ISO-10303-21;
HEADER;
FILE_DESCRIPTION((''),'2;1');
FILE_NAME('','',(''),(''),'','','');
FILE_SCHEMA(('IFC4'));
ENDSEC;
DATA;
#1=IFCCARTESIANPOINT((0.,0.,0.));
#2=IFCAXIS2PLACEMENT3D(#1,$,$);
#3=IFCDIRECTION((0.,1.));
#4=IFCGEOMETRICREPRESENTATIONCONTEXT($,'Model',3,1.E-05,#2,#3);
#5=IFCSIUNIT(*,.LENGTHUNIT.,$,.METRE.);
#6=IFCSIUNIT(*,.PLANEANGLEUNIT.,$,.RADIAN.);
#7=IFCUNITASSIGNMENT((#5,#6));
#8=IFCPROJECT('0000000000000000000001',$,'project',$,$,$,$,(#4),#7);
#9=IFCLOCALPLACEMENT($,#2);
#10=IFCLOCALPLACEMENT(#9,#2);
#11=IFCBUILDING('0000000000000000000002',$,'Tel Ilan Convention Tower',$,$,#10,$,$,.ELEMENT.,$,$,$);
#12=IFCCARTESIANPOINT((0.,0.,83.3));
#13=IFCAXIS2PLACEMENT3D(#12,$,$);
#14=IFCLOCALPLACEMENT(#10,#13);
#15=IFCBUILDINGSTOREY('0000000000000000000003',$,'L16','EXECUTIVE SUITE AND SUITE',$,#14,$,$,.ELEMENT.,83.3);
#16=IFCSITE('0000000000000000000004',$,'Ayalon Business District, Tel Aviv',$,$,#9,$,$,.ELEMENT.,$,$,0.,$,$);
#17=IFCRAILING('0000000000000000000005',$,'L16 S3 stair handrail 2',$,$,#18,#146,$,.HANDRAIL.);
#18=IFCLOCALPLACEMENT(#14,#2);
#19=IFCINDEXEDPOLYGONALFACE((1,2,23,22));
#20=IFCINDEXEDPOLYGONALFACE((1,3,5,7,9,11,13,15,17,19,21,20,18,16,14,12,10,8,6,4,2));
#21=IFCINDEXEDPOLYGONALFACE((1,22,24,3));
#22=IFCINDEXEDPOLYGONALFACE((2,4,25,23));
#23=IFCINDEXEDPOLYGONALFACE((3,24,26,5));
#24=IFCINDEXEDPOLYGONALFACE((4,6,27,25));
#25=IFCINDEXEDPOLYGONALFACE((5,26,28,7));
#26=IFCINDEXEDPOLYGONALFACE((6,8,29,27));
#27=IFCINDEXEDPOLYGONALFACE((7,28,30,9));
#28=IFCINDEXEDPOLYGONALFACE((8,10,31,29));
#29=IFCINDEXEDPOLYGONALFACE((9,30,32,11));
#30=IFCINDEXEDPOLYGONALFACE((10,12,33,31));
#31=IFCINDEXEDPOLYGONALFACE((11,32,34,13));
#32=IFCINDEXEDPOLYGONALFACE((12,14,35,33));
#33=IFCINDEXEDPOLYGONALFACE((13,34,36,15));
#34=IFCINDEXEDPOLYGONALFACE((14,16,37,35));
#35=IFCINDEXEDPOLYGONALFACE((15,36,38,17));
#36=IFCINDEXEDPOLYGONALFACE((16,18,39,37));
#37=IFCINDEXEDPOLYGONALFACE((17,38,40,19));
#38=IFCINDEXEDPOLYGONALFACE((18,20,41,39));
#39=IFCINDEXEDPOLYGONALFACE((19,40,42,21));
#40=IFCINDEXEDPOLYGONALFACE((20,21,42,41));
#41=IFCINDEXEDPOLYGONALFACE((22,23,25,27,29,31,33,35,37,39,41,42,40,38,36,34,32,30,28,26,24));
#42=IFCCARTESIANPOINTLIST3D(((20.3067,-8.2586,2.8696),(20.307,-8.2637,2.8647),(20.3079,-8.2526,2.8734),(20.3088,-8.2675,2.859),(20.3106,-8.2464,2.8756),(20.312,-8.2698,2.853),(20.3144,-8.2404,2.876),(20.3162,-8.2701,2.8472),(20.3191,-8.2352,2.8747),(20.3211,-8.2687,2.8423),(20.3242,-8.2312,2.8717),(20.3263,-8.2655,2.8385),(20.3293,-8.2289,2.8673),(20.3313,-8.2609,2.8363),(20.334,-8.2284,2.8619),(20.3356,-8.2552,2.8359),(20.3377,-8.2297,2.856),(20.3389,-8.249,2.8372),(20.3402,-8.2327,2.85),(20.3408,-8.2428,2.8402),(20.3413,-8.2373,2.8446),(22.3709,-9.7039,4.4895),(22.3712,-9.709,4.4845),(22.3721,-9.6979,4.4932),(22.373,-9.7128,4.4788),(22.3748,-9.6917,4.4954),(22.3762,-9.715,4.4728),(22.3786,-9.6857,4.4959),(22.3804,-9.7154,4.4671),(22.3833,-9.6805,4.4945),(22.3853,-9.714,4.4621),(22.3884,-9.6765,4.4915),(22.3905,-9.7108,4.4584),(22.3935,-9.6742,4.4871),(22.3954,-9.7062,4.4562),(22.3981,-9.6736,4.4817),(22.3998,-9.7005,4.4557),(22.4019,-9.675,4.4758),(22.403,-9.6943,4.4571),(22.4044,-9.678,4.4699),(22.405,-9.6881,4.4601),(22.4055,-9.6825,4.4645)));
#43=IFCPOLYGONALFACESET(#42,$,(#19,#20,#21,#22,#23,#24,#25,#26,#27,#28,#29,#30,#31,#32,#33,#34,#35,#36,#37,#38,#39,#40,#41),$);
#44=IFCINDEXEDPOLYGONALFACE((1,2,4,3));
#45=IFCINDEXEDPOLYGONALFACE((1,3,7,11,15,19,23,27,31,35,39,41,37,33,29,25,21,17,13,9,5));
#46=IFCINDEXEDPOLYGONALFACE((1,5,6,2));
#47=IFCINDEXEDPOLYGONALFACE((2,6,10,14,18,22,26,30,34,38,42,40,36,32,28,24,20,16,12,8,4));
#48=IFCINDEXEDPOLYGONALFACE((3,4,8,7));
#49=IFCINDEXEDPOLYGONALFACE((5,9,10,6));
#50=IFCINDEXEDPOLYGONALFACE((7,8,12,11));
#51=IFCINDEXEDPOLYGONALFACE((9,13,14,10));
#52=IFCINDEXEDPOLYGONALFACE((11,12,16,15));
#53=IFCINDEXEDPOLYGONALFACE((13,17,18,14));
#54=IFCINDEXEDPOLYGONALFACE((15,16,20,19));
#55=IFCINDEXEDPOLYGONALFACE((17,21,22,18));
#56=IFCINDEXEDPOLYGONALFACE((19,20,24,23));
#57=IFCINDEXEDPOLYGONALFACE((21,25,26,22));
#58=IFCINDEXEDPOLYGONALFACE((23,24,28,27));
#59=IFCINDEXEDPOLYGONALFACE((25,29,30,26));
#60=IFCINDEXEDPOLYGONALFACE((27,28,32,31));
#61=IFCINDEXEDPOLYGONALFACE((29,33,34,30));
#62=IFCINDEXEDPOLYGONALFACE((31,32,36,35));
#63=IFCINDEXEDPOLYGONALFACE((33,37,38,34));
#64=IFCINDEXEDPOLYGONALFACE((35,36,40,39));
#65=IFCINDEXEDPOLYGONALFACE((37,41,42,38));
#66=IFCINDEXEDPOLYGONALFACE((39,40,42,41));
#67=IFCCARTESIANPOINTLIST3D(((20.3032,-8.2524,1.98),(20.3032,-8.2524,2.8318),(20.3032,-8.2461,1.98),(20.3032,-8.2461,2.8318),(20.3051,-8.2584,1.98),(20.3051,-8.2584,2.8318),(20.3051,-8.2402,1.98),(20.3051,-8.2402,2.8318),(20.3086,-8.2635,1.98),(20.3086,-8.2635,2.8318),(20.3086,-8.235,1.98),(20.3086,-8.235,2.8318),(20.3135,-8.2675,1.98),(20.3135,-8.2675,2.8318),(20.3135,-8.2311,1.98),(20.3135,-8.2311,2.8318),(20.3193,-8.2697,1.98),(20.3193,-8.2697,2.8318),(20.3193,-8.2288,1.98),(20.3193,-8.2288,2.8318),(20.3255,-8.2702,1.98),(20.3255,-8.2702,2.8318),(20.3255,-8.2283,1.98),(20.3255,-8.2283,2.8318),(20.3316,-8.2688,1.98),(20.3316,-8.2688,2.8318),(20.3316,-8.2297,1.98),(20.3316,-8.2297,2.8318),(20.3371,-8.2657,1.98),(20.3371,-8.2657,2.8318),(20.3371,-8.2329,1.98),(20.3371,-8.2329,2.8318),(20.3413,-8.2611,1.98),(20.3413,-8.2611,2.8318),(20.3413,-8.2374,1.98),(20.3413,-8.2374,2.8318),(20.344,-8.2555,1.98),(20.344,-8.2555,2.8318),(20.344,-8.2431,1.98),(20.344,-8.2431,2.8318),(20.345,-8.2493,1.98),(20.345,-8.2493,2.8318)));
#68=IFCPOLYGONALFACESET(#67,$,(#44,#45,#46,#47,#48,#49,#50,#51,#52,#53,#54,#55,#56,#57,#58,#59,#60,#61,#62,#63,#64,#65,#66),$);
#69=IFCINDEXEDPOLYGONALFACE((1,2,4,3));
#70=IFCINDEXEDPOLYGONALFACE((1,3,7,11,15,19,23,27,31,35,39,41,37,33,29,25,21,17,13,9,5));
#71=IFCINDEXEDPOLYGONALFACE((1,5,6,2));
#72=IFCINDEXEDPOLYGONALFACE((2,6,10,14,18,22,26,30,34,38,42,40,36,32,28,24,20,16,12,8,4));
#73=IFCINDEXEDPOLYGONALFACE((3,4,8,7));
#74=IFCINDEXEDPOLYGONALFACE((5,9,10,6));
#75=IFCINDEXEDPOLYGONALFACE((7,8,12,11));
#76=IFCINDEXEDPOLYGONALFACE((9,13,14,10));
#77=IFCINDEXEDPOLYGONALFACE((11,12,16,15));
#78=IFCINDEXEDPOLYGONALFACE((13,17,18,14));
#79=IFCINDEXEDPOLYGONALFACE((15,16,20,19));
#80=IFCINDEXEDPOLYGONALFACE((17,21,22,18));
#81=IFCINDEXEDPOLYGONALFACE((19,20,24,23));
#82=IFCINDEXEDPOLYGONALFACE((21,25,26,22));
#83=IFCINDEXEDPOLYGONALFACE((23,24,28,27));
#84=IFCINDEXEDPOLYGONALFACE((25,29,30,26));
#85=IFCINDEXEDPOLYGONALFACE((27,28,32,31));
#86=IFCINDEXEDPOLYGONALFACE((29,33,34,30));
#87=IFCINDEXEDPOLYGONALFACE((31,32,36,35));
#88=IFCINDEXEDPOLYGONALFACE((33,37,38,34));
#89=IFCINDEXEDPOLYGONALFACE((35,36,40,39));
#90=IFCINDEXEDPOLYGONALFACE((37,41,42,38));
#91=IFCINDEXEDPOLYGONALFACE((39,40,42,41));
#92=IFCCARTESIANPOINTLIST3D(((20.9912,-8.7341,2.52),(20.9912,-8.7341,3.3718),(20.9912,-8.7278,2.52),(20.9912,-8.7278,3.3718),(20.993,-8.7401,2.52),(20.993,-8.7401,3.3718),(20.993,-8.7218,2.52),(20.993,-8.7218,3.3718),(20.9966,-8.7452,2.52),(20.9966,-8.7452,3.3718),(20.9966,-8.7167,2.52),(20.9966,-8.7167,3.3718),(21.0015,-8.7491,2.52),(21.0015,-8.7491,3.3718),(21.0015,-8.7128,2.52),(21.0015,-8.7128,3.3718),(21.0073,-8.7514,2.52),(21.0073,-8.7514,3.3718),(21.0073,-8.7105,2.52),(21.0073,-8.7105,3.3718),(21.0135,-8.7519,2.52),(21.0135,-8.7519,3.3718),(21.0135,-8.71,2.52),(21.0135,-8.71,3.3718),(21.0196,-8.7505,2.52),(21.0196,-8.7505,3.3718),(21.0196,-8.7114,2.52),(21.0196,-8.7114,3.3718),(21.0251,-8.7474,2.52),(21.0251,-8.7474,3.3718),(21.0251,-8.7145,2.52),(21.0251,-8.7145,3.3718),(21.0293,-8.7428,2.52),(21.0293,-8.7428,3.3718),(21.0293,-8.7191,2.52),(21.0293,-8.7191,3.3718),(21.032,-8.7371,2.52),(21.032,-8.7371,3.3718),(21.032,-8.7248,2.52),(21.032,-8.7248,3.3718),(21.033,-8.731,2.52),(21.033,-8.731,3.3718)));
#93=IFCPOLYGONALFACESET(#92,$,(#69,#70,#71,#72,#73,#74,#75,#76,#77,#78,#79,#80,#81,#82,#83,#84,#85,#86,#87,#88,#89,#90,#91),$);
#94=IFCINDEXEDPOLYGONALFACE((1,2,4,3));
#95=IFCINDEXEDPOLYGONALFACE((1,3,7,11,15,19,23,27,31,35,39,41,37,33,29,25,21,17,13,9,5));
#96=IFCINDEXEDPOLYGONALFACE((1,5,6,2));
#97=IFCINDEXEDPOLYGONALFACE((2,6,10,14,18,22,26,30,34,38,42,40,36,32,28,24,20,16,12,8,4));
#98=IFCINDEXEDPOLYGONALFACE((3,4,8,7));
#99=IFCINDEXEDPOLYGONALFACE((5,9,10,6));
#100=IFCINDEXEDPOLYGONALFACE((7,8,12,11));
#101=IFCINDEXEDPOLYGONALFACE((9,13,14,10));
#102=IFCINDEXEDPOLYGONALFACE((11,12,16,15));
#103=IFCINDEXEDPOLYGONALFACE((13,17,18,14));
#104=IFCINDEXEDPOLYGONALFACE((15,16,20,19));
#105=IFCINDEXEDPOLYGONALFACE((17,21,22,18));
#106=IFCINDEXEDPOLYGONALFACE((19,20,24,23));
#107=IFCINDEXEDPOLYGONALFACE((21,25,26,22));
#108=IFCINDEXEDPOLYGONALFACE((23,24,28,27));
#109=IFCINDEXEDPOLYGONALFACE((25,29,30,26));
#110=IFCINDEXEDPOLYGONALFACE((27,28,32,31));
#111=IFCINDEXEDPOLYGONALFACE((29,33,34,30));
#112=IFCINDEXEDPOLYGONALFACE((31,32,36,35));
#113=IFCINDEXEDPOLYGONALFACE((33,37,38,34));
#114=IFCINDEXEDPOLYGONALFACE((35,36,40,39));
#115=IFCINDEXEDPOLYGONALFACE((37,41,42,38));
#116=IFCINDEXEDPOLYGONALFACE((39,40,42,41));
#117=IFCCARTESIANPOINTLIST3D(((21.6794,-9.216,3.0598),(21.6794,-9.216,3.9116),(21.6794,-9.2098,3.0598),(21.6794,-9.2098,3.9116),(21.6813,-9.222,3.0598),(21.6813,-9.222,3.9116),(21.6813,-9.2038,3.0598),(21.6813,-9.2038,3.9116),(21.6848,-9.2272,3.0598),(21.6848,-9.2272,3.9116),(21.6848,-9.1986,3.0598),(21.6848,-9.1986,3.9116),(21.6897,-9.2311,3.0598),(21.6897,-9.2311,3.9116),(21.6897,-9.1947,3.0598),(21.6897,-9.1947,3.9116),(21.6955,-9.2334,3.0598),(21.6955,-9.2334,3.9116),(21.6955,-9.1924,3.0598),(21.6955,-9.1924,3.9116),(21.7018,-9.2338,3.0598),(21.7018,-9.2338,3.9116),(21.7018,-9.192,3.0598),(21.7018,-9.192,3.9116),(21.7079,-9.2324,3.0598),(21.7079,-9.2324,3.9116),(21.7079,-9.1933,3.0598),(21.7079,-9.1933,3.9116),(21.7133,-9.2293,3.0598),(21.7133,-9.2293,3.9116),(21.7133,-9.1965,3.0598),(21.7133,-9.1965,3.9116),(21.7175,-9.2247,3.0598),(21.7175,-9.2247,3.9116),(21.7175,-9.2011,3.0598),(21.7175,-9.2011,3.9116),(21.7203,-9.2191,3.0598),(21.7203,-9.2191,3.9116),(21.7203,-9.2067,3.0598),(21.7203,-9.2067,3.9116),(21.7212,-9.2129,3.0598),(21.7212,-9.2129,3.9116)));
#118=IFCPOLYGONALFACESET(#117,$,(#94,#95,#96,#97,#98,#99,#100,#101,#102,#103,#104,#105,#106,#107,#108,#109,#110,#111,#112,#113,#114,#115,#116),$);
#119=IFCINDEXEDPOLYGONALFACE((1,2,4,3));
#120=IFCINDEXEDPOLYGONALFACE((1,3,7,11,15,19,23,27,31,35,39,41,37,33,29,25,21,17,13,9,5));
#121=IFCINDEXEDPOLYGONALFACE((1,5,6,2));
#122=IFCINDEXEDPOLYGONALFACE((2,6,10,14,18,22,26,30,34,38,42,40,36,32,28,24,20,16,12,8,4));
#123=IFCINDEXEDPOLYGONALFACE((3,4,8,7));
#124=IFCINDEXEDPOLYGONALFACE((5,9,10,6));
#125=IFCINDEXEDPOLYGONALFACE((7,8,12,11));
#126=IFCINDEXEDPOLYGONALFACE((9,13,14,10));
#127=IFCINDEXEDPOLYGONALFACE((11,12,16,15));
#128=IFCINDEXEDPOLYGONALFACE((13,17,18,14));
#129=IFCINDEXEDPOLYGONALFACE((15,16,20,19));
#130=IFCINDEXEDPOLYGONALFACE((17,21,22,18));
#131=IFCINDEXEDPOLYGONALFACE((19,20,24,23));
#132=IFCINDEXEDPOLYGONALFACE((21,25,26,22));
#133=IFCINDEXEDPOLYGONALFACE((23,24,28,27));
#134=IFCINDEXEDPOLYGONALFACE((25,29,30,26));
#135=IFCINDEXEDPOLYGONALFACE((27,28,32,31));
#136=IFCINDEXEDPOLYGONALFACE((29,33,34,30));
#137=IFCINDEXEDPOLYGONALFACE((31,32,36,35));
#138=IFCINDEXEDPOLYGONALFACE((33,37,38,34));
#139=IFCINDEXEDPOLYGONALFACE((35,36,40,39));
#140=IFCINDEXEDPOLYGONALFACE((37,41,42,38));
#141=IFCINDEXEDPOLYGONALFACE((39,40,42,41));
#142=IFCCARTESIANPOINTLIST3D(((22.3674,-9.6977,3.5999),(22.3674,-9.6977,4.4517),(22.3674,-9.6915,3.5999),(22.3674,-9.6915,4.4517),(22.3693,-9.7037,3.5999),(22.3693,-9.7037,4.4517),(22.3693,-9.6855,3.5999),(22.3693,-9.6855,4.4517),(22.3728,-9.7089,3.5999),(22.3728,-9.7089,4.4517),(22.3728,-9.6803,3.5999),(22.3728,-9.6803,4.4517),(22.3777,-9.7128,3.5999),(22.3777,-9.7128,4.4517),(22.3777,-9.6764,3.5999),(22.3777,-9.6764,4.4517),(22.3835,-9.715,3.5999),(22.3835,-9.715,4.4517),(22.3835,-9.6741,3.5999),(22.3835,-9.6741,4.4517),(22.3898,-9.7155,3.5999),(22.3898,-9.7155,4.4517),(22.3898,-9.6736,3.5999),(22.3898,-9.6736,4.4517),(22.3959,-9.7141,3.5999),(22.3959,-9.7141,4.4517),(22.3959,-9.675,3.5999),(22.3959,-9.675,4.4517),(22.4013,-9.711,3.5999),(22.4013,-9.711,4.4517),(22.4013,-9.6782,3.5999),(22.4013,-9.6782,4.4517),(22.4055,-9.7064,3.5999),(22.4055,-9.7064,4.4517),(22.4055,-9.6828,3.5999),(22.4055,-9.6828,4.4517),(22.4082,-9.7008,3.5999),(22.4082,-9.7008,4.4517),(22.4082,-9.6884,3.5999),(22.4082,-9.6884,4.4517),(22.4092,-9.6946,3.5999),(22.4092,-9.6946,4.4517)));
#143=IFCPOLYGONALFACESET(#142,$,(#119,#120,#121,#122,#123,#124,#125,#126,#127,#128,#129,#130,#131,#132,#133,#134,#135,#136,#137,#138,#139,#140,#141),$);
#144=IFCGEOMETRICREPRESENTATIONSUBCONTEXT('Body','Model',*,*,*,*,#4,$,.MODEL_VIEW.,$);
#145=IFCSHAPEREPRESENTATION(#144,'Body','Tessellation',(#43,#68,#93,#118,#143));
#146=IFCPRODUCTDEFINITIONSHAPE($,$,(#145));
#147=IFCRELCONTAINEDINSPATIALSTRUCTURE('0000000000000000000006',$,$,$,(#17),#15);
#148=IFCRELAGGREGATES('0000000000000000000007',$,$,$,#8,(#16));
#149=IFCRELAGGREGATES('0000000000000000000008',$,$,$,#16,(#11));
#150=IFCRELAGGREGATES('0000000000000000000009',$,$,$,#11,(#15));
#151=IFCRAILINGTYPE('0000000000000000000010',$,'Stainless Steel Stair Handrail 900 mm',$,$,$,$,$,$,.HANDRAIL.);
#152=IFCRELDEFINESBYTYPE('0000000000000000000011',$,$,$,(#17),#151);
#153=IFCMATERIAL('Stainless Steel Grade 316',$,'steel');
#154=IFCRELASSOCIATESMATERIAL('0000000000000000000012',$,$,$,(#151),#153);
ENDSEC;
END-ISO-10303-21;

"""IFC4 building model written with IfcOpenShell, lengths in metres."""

from ifc_helpers import new_model, si_unit, direction, frame, origin, origin_2d, place, context, subcontext, project, spatial, circle, extrude, material, type_object, element, save


model = new_model("IFC4")

# Units and contexts
model_context = context("Model", 3, precision=1e-05, world=origin(), true_north=direction((0.0, 1.0)))
body_context = subcontext(model_context, "Body", "Model", "MODEL_VIEW")
ifc_project = project(units=[si_unit("LENGTHUNIT", "METRE"), si_unit("PLANEANGLEUNIT", "RADIAN")], contexts=[model_context])

# Site, building, storey
site_placement = place(None, origin())
site = spatial("IfcSite", under=ifc_project, at=site_placement, Name="Ayalon Business District, Tel Aviv", CompositionType="ELEMENT", RefElevation=0.0)
building_placement = place(site_placement, origin())
building = spatial("IfcBuilding", under=site, at=building_placement, Name="Tel Ilan Convention Tower", CompositionType="ELEMENT")
storey_placement = place(building_placement, frame((0.0, 0.0, 83.3)))
storey = spatial("IfcBuildingStorey", under=building, at=storey_placement, Name="L16", Description="EXECUTIVE SUITE AND SUITE", CompositionType="ELEMENT", Elevation=83.3)

# Railing
ifc_material_1 = material(Name="Stainless Steel Grade 316", Category="steel")
railing_type_1 = type_object("IfcRailingType", Name="Stainless Steel Stair Handrail 900 mm", PredefinedType="HANDRAIL", material=ifc_material_1)
railing_1_placement = place(storey_placement, frame((20.324, -8.2493, 1.98)))
element("IfcRailing", 1, at=railing_1_placement, inside=storey, type_object=railing_type_1, Name="L16 S3 stair handrail 2", PredefinedType="HANDRAIL", context=body_context, shape_type="SweptSolid", body=[
    extrude(circle(Radius=0.0239, at=origin_2d()), frame((0.0, 0.0, 0.876), z_axis=(0.68907, -0.482472, 0.540743), x_axis=(0.57356, 0.819164, 0.0)), (0.0, 0.0, 1.0), 2.9956),
    extrude(circle(Radius=0.021, at=origin_2d()), origin(), (0.0, 0.0, 1.0), 0.8518),
    extrude(circle(Radius=0.021, at=origin_2d()), frame((0.688, -0.4817, 0.54)), (0.0, 0.0, 1.0), 0.8518),
    extrude(circle(Radius=0.021, at=origin_2d()), frame((1.3762, -0.9636, 1.0798)), (0.0, 0.0, 1.0), 0.8518),
    extrude(circle(Radius=0.021, at=origin_2d()), frame((2.0642, -1.4453, 1.6199)), (0.0, 0.0, 1.0), 0.8518),
])

save(model, "model.ifc")
